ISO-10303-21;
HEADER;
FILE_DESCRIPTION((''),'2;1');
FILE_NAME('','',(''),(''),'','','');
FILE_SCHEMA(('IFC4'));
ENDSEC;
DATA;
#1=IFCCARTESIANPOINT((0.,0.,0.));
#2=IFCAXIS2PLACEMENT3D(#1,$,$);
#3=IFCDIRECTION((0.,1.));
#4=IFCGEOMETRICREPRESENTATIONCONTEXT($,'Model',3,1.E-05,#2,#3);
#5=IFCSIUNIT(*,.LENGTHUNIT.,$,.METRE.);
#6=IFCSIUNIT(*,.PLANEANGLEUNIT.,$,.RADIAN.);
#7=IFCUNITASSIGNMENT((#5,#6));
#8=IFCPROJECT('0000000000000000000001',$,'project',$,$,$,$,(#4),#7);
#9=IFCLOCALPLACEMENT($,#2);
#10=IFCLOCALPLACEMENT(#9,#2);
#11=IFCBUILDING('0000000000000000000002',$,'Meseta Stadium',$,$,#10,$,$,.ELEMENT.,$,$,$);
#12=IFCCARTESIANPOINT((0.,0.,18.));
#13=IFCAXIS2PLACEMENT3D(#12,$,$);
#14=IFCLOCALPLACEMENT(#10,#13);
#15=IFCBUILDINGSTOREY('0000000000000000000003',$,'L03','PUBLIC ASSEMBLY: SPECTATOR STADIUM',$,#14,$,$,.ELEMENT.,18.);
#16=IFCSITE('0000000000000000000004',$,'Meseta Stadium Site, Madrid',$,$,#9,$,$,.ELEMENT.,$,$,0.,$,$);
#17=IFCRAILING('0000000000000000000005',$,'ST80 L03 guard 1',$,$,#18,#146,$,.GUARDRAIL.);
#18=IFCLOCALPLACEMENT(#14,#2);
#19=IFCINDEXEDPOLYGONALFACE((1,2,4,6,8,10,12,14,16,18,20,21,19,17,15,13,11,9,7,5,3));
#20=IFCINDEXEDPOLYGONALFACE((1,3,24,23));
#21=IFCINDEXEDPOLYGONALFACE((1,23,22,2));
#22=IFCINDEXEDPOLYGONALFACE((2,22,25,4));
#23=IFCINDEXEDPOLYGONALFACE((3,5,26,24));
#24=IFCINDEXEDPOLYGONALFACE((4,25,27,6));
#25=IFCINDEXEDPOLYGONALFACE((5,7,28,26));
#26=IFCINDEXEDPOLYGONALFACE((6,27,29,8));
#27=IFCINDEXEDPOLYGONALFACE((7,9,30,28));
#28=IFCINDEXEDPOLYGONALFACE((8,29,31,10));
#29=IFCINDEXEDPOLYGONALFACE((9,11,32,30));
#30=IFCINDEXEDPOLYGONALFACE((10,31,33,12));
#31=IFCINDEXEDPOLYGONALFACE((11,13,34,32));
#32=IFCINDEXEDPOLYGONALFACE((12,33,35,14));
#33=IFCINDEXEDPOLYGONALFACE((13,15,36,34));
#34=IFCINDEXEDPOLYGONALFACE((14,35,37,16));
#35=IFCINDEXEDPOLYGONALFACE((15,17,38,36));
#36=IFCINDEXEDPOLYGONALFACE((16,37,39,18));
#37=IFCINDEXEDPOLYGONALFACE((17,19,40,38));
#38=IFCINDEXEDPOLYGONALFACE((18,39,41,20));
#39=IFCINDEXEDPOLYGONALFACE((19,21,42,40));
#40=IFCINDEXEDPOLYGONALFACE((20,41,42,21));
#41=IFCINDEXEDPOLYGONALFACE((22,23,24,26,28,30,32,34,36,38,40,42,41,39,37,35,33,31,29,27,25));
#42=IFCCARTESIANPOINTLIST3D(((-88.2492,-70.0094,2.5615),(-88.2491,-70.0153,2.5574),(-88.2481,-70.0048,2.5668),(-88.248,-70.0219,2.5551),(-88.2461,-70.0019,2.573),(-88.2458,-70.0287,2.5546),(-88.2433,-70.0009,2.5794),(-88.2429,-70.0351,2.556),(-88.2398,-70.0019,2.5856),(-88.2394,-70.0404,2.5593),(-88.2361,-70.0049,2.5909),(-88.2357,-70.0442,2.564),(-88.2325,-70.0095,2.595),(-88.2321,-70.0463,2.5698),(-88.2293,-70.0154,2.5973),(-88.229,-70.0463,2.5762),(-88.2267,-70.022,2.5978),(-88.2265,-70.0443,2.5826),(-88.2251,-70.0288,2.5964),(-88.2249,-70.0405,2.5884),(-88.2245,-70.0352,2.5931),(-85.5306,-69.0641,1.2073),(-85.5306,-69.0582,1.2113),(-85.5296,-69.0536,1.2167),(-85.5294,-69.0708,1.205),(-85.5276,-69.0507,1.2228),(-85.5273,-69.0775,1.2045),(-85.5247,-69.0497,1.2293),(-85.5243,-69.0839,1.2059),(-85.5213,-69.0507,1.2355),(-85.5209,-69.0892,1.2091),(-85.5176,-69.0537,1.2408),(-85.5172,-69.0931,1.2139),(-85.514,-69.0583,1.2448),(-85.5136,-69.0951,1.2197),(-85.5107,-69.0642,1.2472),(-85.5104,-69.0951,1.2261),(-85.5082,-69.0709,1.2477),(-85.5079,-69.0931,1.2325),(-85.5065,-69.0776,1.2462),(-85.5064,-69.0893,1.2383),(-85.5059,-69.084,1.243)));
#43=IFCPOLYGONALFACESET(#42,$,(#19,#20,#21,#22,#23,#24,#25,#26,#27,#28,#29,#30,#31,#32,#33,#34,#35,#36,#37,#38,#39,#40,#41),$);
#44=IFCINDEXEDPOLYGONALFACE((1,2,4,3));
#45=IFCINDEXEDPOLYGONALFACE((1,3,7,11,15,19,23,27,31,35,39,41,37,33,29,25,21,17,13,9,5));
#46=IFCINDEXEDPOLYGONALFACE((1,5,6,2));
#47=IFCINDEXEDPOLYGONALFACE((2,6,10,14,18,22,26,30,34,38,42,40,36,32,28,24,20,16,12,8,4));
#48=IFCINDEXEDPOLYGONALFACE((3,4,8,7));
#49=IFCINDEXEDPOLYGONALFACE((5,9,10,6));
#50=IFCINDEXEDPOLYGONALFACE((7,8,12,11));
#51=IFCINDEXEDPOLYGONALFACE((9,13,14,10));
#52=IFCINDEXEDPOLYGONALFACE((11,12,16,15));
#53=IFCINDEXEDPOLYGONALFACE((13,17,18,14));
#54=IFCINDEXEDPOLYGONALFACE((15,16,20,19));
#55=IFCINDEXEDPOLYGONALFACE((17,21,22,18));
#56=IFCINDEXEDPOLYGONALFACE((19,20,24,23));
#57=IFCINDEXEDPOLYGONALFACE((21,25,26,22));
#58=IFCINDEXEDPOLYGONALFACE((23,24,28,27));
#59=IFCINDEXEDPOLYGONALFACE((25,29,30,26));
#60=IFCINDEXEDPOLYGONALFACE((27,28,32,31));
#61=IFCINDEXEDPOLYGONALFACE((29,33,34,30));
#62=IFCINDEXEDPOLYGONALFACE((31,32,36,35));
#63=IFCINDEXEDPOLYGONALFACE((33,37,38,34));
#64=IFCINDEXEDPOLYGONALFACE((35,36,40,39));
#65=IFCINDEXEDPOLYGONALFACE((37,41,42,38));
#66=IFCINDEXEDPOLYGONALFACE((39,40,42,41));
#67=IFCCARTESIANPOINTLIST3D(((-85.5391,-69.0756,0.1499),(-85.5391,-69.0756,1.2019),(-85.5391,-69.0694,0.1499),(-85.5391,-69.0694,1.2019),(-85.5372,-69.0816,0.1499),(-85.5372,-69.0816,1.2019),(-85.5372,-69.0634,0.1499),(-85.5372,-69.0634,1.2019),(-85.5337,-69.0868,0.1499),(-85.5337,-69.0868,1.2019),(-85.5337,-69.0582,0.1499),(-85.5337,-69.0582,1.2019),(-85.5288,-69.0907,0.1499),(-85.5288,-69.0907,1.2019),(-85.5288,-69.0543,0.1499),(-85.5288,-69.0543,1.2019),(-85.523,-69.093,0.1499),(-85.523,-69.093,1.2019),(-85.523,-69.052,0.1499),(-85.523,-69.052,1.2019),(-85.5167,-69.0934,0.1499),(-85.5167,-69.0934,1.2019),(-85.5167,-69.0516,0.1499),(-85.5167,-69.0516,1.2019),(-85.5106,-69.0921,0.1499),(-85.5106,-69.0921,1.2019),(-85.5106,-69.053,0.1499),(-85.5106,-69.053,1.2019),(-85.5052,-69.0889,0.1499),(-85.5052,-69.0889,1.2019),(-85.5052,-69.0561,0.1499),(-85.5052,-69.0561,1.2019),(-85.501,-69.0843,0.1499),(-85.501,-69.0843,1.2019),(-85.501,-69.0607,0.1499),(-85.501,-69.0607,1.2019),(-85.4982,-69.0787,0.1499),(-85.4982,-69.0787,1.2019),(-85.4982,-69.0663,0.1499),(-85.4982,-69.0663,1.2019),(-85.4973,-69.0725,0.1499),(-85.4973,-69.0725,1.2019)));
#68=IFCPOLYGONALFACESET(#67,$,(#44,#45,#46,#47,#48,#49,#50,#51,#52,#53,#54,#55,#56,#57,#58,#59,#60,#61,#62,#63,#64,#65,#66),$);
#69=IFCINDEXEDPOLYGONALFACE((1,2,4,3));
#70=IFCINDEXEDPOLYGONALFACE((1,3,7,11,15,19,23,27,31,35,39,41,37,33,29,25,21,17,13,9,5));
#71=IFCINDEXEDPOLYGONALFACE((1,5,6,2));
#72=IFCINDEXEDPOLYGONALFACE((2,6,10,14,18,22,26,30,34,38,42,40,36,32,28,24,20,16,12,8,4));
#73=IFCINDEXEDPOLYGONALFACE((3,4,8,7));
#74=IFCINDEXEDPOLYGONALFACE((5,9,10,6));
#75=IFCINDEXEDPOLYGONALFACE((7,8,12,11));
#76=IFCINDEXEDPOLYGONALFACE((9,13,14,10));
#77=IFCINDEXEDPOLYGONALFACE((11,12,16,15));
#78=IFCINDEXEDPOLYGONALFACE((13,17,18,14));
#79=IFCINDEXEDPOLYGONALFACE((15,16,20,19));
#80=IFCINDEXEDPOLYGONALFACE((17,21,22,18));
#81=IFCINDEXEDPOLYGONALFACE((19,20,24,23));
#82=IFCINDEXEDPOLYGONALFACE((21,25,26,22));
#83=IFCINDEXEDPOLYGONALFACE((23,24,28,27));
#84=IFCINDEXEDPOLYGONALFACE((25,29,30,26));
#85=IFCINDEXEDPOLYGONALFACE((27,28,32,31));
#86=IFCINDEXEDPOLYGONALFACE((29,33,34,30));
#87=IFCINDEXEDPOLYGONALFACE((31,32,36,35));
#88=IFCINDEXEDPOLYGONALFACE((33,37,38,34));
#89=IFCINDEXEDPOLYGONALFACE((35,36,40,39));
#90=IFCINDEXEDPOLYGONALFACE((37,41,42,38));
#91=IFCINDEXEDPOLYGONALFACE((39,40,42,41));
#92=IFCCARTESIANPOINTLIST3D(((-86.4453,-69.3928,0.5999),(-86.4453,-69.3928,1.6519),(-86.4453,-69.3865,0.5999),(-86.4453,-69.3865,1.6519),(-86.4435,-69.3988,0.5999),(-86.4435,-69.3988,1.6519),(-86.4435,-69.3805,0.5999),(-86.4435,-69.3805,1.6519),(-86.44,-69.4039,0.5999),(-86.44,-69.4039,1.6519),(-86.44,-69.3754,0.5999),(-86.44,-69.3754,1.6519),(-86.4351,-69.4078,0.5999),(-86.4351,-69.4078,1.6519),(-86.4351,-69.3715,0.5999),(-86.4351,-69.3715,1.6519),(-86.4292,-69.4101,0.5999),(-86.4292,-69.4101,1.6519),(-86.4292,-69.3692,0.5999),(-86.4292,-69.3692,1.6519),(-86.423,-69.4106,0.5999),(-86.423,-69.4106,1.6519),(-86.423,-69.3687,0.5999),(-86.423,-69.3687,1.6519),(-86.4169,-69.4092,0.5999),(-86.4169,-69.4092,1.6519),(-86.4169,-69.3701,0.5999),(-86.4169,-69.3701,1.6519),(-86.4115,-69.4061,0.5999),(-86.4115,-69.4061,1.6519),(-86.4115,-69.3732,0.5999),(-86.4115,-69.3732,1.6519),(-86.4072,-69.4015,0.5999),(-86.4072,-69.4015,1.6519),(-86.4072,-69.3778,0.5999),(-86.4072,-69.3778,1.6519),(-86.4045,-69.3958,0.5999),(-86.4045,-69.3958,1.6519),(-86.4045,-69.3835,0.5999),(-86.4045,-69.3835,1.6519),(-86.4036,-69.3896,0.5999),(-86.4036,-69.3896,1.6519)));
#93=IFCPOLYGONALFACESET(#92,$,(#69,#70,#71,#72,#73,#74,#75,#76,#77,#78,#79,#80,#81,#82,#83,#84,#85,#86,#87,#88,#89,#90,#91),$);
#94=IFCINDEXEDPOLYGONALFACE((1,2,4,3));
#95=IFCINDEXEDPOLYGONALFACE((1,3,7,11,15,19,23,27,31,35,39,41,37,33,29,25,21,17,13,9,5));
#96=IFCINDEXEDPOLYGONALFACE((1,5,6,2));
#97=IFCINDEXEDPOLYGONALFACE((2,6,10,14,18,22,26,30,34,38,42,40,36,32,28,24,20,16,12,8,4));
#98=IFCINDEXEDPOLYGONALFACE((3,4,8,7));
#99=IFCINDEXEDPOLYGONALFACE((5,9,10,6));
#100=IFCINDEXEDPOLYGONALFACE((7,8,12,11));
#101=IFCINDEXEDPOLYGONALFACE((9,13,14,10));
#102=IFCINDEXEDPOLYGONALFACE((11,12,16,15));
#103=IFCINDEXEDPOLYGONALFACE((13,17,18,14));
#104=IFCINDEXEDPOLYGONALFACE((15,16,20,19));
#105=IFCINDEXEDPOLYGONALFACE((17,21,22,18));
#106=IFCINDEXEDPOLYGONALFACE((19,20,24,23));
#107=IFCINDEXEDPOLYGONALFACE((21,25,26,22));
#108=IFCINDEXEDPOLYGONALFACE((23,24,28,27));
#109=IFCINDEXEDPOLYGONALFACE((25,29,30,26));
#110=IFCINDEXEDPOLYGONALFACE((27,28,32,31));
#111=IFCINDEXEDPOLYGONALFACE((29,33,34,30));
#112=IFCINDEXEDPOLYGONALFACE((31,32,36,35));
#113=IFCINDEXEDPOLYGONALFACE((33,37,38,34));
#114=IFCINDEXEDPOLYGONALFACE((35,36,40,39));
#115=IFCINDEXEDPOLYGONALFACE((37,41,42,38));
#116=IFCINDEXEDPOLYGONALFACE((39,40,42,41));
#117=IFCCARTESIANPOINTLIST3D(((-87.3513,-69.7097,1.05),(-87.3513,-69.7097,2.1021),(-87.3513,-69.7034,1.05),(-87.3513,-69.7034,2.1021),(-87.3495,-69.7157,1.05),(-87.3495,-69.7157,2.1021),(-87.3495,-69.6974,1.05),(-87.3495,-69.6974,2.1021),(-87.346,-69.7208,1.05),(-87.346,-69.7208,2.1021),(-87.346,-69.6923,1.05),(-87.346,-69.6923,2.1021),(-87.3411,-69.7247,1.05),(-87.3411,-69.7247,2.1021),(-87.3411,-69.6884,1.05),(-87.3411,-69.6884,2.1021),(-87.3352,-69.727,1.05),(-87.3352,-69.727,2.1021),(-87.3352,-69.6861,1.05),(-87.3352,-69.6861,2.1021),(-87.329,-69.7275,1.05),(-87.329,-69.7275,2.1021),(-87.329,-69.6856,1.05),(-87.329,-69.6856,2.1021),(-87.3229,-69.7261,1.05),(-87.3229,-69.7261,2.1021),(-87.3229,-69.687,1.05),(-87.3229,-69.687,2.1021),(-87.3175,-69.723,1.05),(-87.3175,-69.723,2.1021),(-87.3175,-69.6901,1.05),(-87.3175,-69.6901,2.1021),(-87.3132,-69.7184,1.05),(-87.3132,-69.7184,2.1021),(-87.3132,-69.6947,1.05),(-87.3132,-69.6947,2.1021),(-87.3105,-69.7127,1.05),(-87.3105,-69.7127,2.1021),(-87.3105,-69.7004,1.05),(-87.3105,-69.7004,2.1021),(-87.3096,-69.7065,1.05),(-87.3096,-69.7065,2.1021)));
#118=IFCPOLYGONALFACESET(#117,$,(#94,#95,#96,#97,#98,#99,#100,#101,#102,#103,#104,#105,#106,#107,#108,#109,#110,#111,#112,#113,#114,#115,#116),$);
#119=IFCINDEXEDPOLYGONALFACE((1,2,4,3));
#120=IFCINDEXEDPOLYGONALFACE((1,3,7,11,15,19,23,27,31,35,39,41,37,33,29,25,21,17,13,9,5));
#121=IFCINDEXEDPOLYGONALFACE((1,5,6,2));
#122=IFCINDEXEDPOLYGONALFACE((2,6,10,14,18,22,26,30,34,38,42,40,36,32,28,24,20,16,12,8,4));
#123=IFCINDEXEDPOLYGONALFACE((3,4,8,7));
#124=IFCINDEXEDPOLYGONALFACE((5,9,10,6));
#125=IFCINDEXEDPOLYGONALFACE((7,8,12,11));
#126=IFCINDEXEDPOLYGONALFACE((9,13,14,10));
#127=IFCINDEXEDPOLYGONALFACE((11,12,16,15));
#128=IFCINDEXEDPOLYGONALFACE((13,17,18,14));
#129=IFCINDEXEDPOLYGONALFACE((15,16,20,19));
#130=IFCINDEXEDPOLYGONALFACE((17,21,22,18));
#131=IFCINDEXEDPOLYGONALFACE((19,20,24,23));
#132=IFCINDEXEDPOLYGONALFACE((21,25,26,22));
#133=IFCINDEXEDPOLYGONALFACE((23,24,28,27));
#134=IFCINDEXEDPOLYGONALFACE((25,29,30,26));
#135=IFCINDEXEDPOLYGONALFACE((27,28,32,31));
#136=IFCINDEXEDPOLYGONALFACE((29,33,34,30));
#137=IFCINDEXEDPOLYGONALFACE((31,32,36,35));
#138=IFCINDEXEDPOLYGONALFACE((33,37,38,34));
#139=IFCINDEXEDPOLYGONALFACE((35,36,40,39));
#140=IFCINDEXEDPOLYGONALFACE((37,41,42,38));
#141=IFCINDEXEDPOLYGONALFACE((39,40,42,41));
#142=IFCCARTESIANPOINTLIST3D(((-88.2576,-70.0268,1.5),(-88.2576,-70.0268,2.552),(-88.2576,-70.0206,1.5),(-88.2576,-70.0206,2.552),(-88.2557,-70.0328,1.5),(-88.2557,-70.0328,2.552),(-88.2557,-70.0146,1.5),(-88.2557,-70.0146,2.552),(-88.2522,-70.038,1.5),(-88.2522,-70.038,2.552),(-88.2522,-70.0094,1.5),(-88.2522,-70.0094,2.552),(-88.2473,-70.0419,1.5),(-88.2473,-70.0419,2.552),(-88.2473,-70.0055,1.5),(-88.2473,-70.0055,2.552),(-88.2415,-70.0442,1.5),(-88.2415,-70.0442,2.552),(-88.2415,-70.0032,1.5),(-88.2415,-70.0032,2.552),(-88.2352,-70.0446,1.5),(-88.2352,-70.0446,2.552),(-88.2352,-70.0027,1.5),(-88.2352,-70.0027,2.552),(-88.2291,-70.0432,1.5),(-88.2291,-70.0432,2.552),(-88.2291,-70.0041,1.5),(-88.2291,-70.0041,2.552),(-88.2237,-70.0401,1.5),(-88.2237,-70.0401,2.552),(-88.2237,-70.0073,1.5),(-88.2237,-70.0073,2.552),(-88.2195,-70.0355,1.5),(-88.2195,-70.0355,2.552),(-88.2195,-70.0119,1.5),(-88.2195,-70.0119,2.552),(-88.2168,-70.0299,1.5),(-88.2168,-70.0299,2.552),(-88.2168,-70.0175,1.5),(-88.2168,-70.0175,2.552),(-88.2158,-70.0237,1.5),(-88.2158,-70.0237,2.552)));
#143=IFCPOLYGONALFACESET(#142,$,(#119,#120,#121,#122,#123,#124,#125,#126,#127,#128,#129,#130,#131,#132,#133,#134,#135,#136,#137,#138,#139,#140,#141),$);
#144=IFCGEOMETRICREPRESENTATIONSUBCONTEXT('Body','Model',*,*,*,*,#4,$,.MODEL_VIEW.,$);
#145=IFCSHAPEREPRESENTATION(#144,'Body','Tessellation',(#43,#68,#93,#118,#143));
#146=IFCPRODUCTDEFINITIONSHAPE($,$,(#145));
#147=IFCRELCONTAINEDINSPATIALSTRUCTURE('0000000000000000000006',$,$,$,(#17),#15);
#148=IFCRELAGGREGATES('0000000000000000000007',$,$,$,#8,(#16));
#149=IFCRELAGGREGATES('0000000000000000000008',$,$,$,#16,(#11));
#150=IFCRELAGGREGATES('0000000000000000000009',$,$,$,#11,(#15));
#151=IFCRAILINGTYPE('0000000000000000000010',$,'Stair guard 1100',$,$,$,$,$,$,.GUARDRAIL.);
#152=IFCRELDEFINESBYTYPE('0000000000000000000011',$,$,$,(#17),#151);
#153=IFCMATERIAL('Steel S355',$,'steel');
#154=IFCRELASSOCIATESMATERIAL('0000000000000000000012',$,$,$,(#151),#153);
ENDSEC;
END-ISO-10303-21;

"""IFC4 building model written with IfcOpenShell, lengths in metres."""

from ifc_helpers import new_model, si_unit, direction, frame, origin, origin_2d, place, context, subcontext, project, spatial, circle, extrude, material, type_object, element, save


model = new_model("IFC4")

# Units and contexts
model_context = context("Model", 3, precision=1e-05, world=origin(), true_north=direction((0.0, 1.0)))
body_context = subcontext(model_context, "Body", "Model", "MODEL_VIEW")
ifc_project = project(units=[si_unit("LENGTHUNIT", "METRE"), si_unit("PLANEANGLEUNIT", "RADIAN")], contexts=[model_context])

# Site, building, storey
site_placement = place(None, origin())
site = spatial("IfcSite", under=ifc_project, at=site_placement, Name="Meseta Stadium Site, Madrid", CompositionType="ELEMENT", RefElevation=0.0)
building_placement = place(site_placement, origin())
building = spatial("IfcBuilding", under=site, at=building_placement, Name="Meseta Stadium", CompositionType="ELEMENT")
storey_placement = place(building_placement, frame((0.0, 0.0, 18.0)))
storey = spatial("IfcBuildingStorey", under=building, at=storey_placement, Name="L03", Description="PUBLIC ASSEMBLY: SPECTATOR STADIUM", CompositionType="ELEMENT", Elevation=18.0)

# Railing
ifc_material_1 = material(Name="Steel S355", Category="steel")
railing_type = type_object("IfcRailingType", Name="Stair guard 1100", PredefinedType="GUARDRAIL", material=ifc_material_1)
railing_1_placement = place(storey_placement, frame((-85.5183, -69.0725, 0.1499)))
element("IfcRailing", 1, at=railing_1_placement, inside=storey, type_object=railing_type, Name="ST80 L03 guard 1", PredefinedType="GUARDRAIL", context=body_context, shape_type="SweptSolid", body=[
    extrude(circle(Radius=0.0239, at=origin_2d()), frame((0.0, 0.0, 1.0762), z_axis=(-0.854649, -0.299031, 0.424446), x_axis=(0.330256, -0.943891, 0.0)), (0.0, 0.0, 1.0), 3.1809),
    extrude(circle(Radius=0.021, at=origin_2d()), origin(), (0.0, 0.0, 1.0), 1.052),
    extrude(circle(Radius=0.021, at=origin_2d()), frame((-0.9062, -0.3171, 0.45)), (0.0, 0.0, 1.0), 1.052),
    extrude(circle(Radius=0.021, at=origin_2d()), frame((-1.8123, -0.634, 0.9001)), (0.0, 0.0, 1.0), 1.052),
    extrude(circle(Radius=0.021, at=origin_2d()), frame((-2.7185, -0.9512, 1.3501)), (0.0, 0.0, 1.0), 1.052),
])

save(model, "model.ifc")
